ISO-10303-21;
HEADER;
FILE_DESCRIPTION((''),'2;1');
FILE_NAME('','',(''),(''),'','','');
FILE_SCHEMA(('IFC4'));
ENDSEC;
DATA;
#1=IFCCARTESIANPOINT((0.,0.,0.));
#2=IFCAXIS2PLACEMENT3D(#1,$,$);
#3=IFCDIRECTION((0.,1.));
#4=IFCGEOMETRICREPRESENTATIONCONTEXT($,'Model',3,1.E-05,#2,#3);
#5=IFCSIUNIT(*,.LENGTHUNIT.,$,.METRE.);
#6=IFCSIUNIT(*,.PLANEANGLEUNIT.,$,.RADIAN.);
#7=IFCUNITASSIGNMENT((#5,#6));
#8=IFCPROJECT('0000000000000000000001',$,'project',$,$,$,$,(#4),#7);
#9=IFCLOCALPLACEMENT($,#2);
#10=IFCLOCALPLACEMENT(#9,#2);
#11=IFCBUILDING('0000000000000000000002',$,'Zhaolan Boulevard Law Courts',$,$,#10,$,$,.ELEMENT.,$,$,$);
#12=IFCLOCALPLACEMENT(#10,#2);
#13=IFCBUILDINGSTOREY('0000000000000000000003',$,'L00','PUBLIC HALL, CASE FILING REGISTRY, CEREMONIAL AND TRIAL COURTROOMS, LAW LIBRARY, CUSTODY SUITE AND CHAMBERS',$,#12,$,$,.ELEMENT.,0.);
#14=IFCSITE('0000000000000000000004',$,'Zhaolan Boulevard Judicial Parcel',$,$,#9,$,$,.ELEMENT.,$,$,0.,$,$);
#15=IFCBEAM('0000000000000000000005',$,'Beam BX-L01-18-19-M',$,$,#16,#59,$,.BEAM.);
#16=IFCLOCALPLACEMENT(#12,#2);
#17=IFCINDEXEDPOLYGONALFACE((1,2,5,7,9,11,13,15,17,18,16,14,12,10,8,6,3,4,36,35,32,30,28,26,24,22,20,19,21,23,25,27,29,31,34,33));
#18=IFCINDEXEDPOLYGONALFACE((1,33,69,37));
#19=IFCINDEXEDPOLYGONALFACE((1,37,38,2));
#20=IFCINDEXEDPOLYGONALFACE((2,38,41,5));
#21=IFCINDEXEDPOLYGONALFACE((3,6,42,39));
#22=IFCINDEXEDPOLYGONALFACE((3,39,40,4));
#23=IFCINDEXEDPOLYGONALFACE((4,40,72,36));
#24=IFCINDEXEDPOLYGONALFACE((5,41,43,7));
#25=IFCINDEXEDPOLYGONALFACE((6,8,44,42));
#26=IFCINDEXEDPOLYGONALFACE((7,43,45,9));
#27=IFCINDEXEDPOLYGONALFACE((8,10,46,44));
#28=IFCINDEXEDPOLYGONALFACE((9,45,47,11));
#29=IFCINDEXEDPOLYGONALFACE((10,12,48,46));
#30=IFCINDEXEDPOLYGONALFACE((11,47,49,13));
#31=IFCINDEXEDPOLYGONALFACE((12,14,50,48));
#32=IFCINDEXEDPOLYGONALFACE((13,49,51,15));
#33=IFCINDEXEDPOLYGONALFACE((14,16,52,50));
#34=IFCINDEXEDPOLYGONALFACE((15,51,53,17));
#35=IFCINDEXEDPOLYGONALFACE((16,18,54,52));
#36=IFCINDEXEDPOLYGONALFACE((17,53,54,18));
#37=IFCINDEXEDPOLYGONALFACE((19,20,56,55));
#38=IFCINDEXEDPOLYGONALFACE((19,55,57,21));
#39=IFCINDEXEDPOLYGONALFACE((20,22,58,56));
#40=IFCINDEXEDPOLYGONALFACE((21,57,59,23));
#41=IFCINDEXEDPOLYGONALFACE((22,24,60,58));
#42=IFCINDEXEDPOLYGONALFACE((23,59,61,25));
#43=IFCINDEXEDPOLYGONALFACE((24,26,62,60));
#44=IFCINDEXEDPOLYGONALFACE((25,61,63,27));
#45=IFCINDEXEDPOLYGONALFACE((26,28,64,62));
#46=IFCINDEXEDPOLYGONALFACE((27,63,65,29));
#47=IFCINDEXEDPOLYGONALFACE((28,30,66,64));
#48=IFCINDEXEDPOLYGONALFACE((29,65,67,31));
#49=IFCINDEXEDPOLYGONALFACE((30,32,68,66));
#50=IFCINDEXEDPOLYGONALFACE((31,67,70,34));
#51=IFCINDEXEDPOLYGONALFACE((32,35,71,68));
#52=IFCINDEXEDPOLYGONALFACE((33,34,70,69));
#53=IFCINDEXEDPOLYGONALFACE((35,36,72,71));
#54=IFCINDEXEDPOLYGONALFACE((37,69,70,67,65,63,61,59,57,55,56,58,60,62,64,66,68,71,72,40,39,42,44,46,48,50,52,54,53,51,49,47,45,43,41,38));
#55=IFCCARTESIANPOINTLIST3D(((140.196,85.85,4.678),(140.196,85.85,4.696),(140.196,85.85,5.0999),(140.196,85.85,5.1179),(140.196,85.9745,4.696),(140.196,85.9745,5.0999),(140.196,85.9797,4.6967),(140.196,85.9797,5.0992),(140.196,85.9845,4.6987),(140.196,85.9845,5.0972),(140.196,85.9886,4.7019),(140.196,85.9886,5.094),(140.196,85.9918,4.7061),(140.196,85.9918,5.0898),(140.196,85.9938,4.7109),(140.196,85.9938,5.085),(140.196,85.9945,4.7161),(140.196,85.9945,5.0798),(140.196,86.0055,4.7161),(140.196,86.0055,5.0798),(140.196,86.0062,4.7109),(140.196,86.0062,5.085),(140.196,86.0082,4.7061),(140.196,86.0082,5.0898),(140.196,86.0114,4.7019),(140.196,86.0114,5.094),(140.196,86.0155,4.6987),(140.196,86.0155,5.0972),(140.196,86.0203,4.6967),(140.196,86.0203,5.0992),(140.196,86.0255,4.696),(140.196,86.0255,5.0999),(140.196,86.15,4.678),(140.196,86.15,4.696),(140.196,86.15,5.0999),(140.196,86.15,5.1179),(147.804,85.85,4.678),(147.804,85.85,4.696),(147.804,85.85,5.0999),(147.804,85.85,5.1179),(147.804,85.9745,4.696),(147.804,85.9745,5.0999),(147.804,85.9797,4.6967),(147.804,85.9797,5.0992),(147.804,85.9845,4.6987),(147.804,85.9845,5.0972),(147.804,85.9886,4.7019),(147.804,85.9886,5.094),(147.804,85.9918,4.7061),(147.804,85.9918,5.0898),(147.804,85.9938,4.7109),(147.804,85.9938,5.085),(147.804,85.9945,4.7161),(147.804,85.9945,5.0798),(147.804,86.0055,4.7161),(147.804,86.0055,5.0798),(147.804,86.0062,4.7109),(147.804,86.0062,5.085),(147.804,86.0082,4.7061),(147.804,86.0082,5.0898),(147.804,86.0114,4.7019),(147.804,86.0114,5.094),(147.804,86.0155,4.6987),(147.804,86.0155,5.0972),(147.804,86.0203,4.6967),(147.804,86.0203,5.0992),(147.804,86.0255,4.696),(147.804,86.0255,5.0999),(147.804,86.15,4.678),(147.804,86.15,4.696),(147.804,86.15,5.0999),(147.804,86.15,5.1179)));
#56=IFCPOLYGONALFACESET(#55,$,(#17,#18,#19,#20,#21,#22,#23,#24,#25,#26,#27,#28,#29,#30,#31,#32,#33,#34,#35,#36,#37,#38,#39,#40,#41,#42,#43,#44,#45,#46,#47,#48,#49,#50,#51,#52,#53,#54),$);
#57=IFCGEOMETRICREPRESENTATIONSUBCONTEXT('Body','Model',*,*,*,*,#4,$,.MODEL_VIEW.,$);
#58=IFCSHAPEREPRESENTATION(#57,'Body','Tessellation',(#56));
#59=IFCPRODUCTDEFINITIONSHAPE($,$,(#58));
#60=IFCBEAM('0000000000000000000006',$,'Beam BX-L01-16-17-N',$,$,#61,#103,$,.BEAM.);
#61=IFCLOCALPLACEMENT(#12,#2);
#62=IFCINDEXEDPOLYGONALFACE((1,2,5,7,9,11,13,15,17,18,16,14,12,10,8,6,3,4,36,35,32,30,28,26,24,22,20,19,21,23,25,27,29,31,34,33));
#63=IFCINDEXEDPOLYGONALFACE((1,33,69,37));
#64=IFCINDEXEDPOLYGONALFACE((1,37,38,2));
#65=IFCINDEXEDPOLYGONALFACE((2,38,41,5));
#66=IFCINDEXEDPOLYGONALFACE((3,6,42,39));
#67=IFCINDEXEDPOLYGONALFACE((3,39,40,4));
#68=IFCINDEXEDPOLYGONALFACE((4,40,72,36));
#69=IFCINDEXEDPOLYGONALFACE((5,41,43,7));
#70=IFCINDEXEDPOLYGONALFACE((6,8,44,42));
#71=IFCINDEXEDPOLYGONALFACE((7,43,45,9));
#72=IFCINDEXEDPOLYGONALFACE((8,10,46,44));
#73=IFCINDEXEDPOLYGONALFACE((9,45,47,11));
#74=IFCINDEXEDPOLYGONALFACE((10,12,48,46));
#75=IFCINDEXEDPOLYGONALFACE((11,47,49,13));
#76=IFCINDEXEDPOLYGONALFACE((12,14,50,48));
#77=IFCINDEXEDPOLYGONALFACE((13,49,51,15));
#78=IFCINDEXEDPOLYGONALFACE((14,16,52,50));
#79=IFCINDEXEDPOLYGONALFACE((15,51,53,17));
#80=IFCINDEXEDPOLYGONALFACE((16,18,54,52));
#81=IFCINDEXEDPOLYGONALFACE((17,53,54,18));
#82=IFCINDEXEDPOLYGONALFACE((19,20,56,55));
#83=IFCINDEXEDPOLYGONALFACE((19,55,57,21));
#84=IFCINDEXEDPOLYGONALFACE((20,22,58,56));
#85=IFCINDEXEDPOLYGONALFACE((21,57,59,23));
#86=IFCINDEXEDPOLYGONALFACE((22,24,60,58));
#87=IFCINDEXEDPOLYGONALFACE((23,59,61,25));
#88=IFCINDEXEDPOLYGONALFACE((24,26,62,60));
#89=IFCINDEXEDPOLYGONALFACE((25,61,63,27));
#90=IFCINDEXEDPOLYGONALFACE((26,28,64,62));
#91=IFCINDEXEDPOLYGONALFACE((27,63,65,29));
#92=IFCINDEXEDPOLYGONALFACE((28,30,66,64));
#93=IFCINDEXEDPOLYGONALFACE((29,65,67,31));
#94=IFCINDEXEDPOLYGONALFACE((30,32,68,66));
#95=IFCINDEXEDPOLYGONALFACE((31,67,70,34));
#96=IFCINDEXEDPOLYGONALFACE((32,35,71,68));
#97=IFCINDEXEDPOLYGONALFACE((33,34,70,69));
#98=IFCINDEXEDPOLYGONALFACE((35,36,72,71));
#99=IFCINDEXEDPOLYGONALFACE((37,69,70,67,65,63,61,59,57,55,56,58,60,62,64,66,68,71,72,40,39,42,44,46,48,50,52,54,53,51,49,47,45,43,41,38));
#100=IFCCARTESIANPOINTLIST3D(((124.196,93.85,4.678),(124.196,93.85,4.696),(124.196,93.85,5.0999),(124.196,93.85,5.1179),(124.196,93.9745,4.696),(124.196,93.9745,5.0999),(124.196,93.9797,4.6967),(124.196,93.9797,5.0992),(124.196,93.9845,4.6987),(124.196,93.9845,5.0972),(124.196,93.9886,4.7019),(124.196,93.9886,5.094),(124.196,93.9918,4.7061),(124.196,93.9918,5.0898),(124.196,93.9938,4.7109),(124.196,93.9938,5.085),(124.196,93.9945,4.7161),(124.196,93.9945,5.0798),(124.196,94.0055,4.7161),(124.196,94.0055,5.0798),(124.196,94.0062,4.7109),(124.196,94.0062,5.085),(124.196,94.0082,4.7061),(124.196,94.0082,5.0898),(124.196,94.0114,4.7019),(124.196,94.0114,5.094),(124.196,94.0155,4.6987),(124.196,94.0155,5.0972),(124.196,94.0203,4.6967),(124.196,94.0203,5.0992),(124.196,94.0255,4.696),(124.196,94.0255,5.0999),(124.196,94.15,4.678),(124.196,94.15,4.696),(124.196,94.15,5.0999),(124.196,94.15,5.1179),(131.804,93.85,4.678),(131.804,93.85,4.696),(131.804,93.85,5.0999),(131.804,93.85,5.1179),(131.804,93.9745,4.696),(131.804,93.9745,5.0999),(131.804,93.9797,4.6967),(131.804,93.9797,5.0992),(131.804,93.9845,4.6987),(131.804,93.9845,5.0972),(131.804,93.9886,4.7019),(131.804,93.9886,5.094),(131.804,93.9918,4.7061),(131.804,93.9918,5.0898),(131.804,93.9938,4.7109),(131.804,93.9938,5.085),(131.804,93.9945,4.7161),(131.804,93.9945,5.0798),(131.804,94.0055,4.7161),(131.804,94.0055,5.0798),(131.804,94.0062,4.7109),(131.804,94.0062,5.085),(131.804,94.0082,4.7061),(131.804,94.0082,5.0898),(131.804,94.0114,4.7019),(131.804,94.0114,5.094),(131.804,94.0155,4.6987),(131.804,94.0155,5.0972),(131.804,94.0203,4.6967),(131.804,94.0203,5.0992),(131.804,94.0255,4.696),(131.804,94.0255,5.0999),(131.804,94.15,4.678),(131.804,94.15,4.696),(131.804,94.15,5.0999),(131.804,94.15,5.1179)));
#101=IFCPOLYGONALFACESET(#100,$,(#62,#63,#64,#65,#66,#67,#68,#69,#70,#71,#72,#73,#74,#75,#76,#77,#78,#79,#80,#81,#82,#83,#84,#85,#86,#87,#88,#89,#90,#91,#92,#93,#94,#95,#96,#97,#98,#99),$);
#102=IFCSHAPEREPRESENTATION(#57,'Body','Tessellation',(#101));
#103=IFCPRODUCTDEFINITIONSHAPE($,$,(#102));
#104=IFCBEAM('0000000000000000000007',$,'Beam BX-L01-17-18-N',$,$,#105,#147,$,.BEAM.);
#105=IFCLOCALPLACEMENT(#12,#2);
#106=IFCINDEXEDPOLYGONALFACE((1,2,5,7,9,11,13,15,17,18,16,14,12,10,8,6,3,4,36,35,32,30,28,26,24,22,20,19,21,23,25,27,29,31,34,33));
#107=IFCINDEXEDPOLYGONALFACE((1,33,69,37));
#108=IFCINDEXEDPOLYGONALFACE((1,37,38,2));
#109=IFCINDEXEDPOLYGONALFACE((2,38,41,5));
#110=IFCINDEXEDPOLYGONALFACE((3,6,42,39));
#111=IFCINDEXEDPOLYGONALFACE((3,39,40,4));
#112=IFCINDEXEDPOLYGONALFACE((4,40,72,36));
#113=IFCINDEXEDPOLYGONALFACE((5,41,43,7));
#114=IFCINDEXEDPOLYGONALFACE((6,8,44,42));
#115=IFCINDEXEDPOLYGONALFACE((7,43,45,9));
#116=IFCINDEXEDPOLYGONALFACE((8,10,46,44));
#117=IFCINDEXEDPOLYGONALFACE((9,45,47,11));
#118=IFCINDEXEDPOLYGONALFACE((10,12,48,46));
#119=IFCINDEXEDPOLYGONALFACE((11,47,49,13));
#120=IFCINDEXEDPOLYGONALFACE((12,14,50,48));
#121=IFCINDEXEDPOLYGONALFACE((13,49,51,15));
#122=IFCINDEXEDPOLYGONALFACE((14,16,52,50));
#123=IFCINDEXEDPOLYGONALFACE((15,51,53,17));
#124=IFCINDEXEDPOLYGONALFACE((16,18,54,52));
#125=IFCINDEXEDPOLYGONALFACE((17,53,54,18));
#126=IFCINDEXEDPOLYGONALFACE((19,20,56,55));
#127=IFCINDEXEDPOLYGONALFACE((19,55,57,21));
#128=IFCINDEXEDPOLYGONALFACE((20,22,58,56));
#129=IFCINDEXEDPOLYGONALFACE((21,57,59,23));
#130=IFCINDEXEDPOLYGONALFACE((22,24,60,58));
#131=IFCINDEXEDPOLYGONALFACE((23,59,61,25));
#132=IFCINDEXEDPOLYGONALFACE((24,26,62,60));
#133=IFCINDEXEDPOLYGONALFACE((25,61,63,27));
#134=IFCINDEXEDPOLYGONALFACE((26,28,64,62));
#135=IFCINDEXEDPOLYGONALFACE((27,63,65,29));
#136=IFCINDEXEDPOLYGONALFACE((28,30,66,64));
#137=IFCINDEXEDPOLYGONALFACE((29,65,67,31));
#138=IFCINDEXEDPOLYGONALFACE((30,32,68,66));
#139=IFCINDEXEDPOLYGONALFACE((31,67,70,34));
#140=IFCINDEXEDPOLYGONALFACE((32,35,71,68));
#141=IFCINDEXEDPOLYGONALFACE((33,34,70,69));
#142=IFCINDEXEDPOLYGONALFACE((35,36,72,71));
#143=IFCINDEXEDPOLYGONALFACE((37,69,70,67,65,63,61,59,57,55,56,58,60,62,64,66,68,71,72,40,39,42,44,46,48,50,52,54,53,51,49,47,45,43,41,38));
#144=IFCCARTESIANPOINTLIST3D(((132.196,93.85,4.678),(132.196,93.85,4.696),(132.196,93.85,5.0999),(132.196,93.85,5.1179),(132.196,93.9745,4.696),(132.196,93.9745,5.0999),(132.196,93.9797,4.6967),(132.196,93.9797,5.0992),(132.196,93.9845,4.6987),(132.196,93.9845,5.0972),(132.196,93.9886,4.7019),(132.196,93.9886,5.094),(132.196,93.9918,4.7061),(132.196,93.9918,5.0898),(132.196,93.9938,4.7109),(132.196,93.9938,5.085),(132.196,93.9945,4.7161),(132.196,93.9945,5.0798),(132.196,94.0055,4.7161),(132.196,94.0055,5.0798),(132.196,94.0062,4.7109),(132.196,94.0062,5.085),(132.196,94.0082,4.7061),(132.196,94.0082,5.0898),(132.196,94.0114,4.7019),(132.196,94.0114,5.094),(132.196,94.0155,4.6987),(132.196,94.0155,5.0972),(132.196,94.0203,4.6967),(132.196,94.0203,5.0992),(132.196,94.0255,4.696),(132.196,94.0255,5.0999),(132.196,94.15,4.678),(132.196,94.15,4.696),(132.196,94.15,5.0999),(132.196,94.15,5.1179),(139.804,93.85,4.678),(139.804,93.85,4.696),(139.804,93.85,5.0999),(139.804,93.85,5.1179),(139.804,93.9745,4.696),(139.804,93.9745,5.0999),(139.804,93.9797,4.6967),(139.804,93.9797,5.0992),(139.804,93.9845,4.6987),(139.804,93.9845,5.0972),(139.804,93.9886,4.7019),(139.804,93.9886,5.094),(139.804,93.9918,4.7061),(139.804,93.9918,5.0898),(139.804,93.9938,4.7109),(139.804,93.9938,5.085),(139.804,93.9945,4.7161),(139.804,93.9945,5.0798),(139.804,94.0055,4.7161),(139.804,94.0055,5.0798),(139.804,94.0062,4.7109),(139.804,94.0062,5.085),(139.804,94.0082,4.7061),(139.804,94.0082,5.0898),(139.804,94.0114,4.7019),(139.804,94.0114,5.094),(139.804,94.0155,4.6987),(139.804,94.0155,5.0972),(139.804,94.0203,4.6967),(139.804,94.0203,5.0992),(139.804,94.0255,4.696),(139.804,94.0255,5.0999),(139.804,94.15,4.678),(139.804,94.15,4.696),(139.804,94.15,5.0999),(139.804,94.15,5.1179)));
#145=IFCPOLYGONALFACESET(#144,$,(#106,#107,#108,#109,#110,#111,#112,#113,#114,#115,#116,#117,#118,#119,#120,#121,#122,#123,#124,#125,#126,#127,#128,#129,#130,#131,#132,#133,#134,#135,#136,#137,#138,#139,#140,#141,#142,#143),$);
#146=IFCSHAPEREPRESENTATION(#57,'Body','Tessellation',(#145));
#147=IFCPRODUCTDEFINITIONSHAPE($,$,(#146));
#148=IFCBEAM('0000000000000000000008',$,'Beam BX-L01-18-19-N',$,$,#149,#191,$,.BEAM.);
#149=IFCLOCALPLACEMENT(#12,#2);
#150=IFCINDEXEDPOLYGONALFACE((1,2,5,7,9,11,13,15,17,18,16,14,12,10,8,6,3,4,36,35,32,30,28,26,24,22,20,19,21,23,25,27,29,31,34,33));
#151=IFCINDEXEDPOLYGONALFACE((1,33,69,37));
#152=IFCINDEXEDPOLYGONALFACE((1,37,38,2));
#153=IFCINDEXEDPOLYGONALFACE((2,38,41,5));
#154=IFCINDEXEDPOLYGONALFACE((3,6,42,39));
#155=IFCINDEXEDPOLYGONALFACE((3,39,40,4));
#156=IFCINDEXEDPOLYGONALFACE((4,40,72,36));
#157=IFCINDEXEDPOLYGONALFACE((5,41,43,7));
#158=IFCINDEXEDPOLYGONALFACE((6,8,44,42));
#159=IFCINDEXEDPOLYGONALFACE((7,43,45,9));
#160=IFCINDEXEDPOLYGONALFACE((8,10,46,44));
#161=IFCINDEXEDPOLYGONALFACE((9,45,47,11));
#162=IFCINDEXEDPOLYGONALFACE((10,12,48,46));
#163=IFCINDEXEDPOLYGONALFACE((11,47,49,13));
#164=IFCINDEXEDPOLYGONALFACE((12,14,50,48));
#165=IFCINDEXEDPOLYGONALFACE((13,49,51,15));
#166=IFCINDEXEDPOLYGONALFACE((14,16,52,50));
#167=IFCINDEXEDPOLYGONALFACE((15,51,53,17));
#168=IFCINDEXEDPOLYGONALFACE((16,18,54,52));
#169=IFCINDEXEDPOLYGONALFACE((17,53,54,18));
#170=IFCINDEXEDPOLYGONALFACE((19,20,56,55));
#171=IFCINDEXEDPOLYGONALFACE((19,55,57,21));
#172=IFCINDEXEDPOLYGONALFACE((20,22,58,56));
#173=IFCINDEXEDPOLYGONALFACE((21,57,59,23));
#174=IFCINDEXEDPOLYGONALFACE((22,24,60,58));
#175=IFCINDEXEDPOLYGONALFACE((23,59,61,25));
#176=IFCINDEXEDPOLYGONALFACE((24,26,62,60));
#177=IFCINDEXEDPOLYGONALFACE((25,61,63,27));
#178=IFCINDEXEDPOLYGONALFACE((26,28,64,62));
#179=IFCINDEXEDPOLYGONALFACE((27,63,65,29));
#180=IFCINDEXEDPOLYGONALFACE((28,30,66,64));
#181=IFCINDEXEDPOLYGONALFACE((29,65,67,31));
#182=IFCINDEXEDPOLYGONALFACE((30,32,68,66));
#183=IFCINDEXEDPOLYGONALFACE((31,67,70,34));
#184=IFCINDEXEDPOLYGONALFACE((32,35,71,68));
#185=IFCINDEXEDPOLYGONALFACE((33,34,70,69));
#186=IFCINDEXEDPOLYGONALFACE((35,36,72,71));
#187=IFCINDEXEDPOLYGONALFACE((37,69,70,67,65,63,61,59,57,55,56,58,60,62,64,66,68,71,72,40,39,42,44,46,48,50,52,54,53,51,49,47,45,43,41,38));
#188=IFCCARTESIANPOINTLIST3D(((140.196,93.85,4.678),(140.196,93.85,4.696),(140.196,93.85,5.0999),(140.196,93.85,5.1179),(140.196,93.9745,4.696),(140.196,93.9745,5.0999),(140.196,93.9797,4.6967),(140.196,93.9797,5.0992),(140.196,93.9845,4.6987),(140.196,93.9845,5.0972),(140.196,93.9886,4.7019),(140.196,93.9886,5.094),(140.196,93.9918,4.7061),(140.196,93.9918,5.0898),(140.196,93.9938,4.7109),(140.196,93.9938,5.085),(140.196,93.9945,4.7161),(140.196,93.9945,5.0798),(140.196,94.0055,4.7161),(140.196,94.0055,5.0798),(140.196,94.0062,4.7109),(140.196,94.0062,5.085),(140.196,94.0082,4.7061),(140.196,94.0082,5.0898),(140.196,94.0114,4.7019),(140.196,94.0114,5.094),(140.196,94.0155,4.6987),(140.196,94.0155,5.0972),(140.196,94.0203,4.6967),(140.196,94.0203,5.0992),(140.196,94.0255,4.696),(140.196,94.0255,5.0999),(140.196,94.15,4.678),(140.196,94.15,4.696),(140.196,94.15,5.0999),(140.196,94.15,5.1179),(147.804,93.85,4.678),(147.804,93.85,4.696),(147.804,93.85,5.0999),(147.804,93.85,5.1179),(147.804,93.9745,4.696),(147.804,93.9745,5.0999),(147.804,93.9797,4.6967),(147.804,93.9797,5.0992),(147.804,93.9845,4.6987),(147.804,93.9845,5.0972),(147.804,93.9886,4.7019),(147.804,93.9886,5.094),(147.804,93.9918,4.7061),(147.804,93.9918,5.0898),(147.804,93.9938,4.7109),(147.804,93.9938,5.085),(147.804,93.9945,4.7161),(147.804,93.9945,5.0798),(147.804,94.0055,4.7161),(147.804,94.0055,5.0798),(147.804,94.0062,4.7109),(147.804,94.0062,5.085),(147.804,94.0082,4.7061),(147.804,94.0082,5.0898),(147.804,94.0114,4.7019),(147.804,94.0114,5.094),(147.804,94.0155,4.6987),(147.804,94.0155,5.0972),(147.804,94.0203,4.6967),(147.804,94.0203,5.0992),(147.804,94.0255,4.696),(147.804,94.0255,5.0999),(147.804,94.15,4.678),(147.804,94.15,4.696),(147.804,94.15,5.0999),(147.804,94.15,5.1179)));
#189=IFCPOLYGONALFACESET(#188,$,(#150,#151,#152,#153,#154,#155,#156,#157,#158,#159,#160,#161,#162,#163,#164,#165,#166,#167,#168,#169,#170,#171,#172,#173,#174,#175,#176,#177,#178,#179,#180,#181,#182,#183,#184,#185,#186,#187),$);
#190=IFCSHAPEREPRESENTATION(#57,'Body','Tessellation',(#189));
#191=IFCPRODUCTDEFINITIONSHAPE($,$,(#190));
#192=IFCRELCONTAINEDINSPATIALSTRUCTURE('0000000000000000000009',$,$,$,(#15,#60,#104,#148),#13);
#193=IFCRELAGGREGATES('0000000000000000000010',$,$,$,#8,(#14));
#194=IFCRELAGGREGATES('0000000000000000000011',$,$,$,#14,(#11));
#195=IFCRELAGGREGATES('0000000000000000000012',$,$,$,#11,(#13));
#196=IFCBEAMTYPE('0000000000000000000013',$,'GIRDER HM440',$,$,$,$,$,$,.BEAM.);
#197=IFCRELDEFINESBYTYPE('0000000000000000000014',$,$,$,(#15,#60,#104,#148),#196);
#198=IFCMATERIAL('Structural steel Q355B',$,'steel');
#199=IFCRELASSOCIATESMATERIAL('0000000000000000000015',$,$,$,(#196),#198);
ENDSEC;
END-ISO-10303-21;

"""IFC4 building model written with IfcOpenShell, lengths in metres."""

from ifc_helpers import new_model, si_unit, direction, frame, origin, origin_2d, place, context, subcontext, project, spatial, i_section, extrude, material, material_profile, profile_set, type_object, element, save


model = new_model("IFC4")

# Units and contexts
model_context = context("Model", 3, precision=1e-05, world=origin(), true_north=direction((0.0, 1.0)))
body_context = subcontext(model_context, "Body", "Model", "MODEL_VIEW")
ifc_project = project(units=[si_unit("LENGTHUNIT", "METRE"), si_unit("PLANEANGLEUNIT", "RADIAN")], contexts=[model_context])

# Site, building, storey
site_placement = place(None, origin())
site = spatial("IfcSite", under=ifc_project, at=site_placement, Name="Zhaolan Boulevard Judicial Parcel", CompositionType="ELEMENT", RefElevation=0.0)
building_placement = place(site_placement, origin())
building = spatial("IfcBuilding", under=site, at=building_placement, Name="Zhaolan Boulevard Law Courts", CompositionType="ELEMENT")
storey_placement = place(building_placement, origin())
storey = spatial("IfcBuildingStorey", under=building, at=storey_placement, Name="L00", Description="PUBLIC HALL, CASE FILING REGISTRY, CEREMONIAL AND TRIAL COURTROOMS, LAW LIBRARY, CUSTODY SUITE AND CHAMBERS", CompositionType="ELEMENT", Elevation=0.0)

# Beams
ifc_material_1 = material(Name="Structural steel Q355B", Category="steel")
ifc_material_profile_1 = material_profile(ifc_material_1, i_section(OverallWidth=0.3, OverallDepth=0.4399, WebThickness=0.011, FlangeThickness=0.0181, FilletRadius=0.02, at=origin_2d()), Name="HM440x300")
ifc_profile_set_1 = profile_set([ifc_material_profile_1], Name="Structural steel Q355B")
beam_type_1 = type_object("IfcBeamType", Name="GIRDER HM440", PredefinedType="BEAM", material=ifc_profile_set_1)
for number, where, z_axis, x_axis, name in (
    (1, (140.196, 86.0, 4.8979), (1.0, 0.0, 0.0), (0.0, 1.0, 0.0), "Beam BX-L01-18-19-M"),
    (2, (124.196, 94.0, 4.8979), (1.0, 0.0, 0.0), (0.0, 1.0, 0.0), "Beam BX-L01-16-17-N"),
    (3, (132.196, 94.0, 4.8979), (1.0, 0.0, 0.0), (0.0, 1.0, 0.0), "Beam BX-L01-17-18-N"),
    (4, (140.196, 94.0, 4.8979), (1.0, 0.0, 0.0), (0.0, 1.0, 0.0), "Beam BX-L01-18-19-N"),
):
    element("IfcBeam", number, at=place(storey_placement, frame(where, z_axis=z_axis, x_axis=x_axis)), inside=storey, type_object=beam_type_1, Name=name, PredefinedType="BEAM", context=body_context, shape_type="SweptSolid", body=[
        extrude(i_section(OverallWidth=0.3, OverallDepth=0.4399, WebThickness=0.011, FlangeThickness=0.0181, FilletRadius=0.02, at=origin_2d()), origin(), (0.0, 0.0, 1.0), 7.6079),
    ])

save(model, "model.ifc")
